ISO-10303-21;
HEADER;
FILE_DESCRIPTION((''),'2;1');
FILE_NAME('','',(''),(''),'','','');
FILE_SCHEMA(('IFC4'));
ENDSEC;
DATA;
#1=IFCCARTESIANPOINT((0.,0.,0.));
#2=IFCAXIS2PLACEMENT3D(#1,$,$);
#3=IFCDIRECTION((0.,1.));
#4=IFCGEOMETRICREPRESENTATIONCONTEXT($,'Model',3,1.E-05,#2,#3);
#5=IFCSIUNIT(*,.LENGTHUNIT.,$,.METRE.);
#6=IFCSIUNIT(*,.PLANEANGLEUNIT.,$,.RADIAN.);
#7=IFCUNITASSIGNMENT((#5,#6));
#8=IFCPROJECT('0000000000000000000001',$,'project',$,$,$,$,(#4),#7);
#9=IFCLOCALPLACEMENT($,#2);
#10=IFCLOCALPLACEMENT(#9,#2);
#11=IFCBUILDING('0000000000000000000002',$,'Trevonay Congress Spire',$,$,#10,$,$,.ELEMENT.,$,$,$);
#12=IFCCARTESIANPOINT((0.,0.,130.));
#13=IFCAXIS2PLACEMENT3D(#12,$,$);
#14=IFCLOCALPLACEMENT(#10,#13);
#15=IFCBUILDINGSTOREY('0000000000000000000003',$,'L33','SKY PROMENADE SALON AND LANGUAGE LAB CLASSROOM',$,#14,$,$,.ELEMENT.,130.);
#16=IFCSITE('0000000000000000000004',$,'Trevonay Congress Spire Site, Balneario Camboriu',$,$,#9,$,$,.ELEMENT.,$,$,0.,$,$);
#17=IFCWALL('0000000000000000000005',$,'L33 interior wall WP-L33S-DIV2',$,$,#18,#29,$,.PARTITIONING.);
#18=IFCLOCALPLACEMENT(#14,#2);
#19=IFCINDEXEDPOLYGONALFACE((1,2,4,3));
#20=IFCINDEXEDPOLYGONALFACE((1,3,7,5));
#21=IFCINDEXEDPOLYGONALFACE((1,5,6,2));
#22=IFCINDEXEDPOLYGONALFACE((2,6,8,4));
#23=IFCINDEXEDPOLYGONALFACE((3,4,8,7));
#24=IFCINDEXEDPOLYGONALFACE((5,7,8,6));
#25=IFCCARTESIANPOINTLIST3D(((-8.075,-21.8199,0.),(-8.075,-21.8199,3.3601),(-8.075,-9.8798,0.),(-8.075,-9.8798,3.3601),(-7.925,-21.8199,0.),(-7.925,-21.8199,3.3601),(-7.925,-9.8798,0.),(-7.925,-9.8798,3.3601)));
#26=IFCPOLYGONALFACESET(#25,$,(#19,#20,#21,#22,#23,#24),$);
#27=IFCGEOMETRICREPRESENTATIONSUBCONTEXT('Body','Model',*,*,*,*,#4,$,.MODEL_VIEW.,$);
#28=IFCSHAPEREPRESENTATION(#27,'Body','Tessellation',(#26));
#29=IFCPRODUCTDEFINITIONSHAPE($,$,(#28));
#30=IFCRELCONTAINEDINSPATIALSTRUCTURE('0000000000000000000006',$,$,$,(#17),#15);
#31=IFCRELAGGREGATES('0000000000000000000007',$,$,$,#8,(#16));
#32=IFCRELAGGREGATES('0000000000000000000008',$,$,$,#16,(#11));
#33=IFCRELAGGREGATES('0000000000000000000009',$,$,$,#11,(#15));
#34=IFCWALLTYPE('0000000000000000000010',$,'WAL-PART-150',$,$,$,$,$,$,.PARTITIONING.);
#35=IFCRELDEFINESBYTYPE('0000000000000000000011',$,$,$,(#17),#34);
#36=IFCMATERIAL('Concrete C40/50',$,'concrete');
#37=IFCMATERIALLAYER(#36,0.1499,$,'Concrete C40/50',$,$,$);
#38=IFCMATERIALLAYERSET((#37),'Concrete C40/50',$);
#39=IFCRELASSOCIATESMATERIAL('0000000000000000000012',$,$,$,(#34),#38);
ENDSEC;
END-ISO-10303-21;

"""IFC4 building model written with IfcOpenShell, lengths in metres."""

from ifc_helpers import new_model, si_unit, direction, frame, frame_2d, origin, place, context, subcontext, project, spatial, rectangle, extrude, material, layer, layer_set, type_object, element, save


model = new_model("IFC4")

# Units and contexts
model_context = context("Model", 3, precision=1e-05, world=origin(), true_north=direction((0.0, 1.0)))
body_context = subcontext(model_context, "Body", "Model", "MODEL_VIEW")
ifc_project = project(units=[si_unit("LENGTHUNIT", "METRE"), si_unit("PLANEANGLEUNIT", "RADIAN")], contexts=[model_context])

# Site, building, storey
site_placement = place(None, origin())
site = spatial("IfcSite", under=ifc_project, at=site_placement, Name="Trevonay Congress Spire Site, Balneario Camboriu", CompositionType="ELEMENT", RefElevation=0.0)
building_placement = place(site_placement, origin())
building = spatial("IfcBuilding", under=site, at=building_placement, Name="Trevonay Congress Spire", CompositionType="ELEMENT")
storey_placement = place(building_placement, frame((0.0, 0.0, 130.0)))
storey = spatial("IfcBuildingStorey", under=building, at=storey_placement, Name="L33", Description="SKY PROMENADE SALON AND LANGUAGE LAB CLASSROOM", CompositionType="ELEMENT", Elevation=130.0)

# Wall
ifc_material_1 = material(Name="Concrete C40/50", Category="concrete")
ifc_layer_1 = layer(ifc_material_1, 0.1499, Name="Concrete C40/50")
ifc_layer_set_1 = layer_set([ifc_layer_1], Name="Concrete C40/50")
wall_type_1 = type_object("IfcWallType", Name="WAL-PART-150", PredefinedType="PARTITIONING", material=ifc_layer_set_1)
wall_1_placement = place(storey_placement, frame((-8.0, -21.8201, 0.0), z_axis=(0.0, 0.0, 1.0), x_axis=(0.0, 1.0, 0.0)))
element("IfcWall", 1, at=wall_1_placement, inside=storey, type_object=wall_type_1, Name="L33 interior wall WP-L33S-DIV2", PredefinedType="PARTITIONING", context=body_context, shape_type="SweptSolid", body=[
    extrude(rectangle(XDim=11.9402, YDim=0.1499, at=frame_2d((5.9702, 0.0))), origin(), (0.0, 0.0, 1.0), 3.3601),
])

save(model, "model.ifc")
